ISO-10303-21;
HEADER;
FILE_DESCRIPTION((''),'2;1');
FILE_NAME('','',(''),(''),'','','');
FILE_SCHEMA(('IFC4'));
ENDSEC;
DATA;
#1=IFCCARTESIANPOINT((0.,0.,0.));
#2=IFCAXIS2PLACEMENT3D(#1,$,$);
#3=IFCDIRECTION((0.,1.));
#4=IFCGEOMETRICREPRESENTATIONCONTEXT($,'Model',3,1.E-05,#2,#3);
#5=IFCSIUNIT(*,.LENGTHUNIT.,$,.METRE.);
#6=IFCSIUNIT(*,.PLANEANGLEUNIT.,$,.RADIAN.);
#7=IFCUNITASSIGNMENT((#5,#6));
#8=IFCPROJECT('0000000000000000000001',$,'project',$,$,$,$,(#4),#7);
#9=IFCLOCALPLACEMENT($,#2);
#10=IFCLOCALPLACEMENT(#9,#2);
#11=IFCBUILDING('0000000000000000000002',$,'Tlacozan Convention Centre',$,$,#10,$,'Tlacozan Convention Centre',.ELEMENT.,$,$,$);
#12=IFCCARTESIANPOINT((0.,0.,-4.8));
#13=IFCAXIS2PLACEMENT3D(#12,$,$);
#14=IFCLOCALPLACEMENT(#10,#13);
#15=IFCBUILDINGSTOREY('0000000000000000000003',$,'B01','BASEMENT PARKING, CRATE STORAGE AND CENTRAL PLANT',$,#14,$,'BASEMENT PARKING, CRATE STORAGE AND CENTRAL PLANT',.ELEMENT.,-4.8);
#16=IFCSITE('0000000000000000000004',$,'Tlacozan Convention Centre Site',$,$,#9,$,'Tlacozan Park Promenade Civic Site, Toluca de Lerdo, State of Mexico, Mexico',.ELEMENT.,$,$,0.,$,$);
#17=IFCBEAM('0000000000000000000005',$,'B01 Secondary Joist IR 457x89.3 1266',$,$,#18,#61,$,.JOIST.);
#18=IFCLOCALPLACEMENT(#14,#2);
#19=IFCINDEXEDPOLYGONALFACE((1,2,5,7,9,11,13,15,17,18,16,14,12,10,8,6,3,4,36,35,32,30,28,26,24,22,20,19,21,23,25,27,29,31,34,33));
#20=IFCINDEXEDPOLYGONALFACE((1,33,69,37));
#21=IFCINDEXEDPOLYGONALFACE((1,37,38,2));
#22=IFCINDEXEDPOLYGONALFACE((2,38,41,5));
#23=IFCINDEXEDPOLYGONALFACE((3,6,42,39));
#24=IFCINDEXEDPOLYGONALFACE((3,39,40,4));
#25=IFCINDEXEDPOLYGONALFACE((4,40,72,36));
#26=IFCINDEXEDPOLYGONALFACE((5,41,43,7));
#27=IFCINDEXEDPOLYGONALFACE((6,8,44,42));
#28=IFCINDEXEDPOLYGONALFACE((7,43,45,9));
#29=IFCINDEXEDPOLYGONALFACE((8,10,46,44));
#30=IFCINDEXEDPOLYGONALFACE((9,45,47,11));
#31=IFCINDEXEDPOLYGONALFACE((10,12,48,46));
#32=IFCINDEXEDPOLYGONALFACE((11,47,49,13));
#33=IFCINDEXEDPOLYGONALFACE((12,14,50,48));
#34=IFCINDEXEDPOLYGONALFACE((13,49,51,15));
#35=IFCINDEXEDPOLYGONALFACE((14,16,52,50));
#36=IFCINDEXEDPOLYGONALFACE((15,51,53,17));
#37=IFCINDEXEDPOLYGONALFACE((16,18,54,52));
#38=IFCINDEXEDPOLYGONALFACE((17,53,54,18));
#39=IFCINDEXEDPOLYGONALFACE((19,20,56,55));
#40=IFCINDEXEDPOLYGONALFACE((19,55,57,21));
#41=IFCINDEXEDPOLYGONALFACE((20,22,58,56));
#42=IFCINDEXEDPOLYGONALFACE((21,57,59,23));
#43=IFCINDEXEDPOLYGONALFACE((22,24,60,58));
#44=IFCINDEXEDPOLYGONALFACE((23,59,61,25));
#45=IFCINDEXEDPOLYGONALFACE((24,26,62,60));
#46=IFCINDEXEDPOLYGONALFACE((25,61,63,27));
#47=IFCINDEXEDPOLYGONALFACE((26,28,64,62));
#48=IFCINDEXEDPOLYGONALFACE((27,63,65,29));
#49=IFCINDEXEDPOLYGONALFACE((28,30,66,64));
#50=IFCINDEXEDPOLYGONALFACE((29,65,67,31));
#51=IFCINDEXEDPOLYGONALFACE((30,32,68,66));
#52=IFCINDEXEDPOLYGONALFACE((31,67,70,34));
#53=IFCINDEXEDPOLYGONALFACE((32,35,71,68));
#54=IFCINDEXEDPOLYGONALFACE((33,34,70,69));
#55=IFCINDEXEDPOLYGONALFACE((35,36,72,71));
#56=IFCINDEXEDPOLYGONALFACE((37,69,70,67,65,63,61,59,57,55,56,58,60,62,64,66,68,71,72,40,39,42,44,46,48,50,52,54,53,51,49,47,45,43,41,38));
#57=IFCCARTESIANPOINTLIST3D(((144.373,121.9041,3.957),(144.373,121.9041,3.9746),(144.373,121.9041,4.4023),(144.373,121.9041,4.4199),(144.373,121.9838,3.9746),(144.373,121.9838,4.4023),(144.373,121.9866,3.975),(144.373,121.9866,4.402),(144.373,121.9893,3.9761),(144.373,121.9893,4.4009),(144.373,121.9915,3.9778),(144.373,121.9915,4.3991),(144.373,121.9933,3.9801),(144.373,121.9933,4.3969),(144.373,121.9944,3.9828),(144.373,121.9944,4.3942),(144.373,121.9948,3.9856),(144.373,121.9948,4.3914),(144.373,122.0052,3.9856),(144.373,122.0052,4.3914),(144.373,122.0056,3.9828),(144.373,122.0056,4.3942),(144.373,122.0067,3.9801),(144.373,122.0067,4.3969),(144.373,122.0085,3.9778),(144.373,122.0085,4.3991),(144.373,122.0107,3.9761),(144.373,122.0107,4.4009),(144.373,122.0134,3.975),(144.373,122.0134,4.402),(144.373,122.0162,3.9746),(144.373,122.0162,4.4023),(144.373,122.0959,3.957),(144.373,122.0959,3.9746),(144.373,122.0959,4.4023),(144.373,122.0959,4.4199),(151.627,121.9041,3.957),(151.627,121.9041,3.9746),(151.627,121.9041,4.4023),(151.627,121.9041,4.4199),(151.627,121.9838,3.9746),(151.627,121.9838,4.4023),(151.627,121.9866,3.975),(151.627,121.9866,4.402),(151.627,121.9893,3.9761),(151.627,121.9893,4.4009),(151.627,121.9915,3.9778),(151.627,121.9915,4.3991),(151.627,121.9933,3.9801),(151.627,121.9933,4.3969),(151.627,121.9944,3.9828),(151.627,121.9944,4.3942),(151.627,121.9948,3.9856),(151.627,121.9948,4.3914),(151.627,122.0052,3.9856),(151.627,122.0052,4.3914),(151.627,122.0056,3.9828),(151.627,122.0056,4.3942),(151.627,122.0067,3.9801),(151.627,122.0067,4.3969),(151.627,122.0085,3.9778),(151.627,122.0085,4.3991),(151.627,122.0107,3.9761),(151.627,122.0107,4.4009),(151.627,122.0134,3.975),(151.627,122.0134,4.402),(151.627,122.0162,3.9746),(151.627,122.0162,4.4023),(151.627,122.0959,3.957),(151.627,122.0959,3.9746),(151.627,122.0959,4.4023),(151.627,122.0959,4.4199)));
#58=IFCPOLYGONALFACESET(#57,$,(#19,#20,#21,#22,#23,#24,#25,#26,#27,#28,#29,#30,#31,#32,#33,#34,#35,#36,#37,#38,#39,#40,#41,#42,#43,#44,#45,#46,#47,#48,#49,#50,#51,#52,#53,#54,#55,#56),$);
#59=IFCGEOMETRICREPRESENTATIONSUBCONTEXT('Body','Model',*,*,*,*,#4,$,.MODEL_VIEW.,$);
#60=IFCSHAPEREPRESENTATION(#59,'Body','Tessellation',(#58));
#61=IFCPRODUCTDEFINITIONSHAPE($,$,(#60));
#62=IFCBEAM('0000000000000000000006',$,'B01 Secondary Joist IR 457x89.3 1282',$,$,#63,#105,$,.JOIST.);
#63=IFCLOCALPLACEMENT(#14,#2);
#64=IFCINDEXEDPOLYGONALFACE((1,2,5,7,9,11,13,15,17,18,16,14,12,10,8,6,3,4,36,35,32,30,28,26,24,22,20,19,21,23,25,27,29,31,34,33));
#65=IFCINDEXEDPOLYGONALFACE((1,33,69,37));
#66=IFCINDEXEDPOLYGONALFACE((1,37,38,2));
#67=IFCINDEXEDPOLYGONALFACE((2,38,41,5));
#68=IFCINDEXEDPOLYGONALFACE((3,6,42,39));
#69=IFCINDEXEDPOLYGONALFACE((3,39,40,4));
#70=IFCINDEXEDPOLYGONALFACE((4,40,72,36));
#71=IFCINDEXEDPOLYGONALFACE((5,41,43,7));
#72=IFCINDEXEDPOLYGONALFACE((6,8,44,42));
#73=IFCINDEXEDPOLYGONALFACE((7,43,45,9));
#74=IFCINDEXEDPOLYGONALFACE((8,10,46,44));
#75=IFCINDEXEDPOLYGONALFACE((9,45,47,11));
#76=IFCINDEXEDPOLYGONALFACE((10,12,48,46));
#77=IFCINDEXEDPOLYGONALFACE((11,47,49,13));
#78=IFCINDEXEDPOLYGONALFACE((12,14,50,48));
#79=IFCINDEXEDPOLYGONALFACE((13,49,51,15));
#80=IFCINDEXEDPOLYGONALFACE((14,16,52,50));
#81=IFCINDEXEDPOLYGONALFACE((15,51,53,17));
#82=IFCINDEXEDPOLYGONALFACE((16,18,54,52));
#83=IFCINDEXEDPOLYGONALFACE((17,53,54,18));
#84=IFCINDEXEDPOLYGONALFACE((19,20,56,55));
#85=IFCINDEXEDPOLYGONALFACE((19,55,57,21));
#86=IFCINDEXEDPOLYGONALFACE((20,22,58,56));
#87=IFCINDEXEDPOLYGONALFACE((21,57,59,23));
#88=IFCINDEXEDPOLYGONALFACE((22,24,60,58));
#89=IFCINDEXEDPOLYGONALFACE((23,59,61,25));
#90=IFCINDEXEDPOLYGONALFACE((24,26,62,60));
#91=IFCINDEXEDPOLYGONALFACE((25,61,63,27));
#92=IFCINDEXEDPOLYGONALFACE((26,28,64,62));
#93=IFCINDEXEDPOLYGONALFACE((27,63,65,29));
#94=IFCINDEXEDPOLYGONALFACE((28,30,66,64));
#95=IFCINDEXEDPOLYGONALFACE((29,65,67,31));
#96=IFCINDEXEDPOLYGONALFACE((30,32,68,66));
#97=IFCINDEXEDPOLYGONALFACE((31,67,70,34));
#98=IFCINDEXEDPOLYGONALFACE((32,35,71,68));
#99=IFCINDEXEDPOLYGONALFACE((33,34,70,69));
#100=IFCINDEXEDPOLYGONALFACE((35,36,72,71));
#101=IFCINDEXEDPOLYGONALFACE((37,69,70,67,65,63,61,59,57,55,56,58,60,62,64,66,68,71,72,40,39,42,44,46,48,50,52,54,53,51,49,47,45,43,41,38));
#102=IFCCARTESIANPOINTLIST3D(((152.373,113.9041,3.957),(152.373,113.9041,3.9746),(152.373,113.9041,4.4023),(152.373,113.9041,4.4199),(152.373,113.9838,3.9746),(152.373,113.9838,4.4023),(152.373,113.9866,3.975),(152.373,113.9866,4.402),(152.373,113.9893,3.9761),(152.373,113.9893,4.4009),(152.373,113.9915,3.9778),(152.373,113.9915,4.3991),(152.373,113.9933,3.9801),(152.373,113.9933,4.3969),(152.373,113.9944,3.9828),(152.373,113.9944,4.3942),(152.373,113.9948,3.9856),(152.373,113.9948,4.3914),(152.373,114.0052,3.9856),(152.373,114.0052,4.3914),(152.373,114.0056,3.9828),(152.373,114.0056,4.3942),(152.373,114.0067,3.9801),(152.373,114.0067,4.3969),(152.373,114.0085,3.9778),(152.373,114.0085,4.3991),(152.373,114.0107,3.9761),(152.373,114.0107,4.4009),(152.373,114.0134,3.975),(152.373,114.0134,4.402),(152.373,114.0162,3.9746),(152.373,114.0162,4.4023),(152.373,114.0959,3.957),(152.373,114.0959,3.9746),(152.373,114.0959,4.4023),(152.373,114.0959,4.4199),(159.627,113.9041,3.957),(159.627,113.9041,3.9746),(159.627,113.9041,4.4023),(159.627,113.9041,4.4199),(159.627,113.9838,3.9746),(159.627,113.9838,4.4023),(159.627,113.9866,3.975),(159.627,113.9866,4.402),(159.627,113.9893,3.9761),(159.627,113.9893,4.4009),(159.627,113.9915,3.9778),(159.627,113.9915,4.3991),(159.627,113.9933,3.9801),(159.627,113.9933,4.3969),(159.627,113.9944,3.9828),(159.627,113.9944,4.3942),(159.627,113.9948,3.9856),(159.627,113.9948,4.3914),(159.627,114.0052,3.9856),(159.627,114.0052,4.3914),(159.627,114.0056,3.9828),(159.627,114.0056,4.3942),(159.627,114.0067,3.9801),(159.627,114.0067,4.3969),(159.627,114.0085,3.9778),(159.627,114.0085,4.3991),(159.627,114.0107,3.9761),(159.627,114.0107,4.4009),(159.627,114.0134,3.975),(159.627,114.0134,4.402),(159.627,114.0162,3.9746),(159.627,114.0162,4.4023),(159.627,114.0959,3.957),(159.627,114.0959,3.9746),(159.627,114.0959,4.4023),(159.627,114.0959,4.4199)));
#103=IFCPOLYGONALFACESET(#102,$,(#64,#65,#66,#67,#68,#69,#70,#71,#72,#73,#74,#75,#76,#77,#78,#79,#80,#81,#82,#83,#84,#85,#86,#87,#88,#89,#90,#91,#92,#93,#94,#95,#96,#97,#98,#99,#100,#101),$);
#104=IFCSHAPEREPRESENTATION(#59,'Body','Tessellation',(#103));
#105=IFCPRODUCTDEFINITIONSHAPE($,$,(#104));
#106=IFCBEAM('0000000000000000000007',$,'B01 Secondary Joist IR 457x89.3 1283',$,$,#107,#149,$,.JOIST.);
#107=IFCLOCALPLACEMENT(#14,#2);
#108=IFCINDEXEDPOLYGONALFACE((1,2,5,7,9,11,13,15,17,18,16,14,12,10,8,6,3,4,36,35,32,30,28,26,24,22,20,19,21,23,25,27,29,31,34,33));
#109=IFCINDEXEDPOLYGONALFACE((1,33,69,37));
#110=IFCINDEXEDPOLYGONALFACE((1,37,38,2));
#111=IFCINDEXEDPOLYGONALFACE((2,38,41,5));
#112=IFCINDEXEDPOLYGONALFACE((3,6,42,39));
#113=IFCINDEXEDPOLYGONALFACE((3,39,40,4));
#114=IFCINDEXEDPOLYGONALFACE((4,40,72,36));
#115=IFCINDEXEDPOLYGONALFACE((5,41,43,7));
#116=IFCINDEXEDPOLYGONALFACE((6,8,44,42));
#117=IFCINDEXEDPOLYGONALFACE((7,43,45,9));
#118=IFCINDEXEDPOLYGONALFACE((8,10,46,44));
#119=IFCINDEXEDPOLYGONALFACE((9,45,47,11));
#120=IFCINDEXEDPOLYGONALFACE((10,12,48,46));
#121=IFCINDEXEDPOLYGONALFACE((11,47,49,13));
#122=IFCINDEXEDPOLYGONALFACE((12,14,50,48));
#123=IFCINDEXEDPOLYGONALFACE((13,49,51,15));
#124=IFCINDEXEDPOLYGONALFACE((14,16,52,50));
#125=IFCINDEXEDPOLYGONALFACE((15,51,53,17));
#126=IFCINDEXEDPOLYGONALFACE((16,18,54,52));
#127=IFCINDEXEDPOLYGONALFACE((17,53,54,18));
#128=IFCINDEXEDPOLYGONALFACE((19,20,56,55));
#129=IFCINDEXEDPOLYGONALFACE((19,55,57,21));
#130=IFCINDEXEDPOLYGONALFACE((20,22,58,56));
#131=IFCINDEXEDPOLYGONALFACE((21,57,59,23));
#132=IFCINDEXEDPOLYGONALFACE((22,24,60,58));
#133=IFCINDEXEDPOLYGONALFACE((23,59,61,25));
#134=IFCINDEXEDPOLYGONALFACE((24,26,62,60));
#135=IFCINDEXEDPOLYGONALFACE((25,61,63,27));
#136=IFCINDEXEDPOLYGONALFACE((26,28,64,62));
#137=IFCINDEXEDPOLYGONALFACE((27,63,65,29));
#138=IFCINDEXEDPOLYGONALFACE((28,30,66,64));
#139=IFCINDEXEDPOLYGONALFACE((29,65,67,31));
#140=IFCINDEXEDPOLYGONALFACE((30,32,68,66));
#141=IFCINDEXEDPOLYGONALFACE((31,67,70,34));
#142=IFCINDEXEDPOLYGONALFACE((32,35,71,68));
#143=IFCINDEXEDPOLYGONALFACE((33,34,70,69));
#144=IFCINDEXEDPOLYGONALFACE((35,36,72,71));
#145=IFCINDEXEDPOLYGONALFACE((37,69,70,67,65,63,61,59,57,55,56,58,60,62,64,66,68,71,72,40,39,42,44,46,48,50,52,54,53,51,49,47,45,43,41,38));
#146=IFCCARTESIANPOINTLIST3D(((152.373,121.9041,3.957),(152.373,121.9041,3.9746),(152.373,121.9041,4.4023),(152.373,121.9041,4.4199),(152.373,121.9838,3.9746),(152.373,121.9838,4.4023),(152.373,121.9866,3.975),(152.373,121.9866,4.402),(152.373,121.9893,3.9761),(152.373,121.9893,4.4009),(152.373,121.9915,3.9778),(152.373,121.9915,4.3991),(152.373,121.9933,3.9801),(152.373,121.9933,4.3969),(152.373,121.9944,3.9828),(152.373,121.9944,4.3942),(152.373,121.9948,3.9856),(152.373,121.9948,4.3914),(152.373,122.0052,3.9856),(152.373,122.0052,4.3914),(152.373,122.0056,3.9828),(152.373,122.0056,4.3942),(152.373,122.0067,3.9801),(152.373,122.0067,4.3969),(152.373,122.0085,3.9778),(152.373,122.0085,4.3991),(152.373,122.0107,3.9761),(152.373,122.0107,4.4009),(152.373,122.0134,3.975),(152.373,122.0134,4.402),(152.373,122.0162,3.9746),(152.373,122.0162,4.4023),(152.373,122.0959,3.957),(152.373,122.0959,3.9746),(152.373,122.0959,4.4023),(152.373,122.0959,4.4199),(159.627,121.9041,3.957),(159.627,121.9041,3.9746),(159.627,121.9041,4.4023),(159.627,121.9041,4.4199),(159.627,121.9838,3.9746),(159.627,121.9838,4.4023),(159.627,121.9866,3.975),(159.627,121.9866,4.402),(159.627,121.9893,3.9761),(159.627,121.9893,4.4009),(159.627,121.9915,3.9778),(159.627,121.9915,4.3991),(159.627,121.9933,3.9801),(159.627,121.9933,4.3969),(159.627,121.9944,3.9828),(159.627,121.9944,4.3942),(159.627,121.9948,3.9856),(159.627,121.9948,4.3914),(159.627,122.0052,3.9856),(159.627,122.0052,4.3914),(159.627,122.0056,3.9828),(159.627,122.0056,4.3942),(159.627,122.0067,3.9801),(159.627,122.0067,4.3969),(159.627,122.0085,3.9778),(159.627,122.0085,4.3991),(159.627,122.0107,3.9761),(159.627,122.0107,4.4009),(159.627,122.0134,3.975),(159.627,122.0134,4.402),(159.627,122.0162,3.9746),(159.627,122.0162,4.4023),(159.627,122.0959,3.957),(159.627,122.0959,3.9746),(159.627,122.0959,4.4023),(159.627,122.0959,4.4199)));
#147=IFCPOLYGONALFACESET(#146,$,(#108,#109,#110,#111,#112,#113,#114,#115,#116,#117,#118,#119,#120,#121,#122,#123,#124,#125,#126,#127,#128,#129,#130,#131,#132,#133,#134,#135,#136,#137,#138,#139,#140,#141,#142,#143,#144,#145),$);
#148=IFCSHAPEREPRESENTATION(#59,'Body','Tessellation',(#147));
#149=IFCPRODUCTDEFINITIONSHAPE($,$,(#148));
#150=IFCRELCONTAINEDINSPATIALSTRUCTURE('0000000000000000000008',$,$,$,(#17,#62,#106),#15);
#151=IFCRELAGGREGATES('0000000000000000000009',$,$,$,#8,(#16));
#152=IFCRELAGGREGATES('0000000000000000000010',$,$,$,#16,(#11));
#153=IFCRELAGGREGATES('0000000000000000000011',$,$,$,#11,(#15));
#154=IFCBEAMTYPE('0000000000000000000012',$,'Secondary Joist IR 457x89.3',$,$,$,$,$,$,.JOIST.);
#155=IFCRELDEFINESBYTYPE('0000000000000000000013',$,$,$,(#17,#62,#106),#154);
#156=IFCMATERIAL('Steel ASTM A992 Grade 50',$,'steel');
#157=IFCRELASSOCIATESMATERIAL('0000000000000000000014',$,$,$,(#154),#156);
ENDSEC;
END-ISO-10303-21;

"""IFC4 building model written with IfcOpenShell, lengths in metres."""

from ifc_helpers import new_model, si_unit, direction, frame, origin, origin_2d, place, context, subcontext, project, spatial, i_section, extrude, material, material_profile, profile_set, type_object, element, save


model = new_model("IFC4")

# Units and contexts
model_context = context("Model", 3, precision=1e-05, world=origin(), true_north=direction((0.0, 1.0)))
body_context = subcontext(model_context, "Body", "Model", "MODEL_VIEW")
ifc_project = project(units=[si_unit("LENGTHUNIT", "METRE"), si_unit("PLANEANGLEUNIT", "RADIAN")], contexts=[model_context])

# Site, building, storey
site_placement = place(None, origin())
site = spatial("IfcSite", under=ifc_project, at=site_placement, Name="Tlacozan Convention Centre Site", LongName="Tlacozan Park Promenade Civic Site, Toluca de Lerdo, State of Mexico, Mexico", CompositionType="ELEMENT", RefElevation=0.0)
building_placement = place(site_placement, origin())
building = spatial("IfcBuilding", under=site, at=building_placement, Name="Tlacozan Convention Centre", LongName="Tlacozan Convention Centre", CompositionType="ELEMENT")
storey_placement = place(building_placement, frame((0.0, 0.0, -4.8)))
storey = spatial("IfcBuildingStorey", under=building, at=storey_placement, Name="B01", Description="BASEMENT PARKING, CRATE STORAGE AND CENTRAL PLANT", LongName="BASEMENT PARKING, CRATE STORAGE AND CENTRAL PLANT", CompositionType="ELEMENT", Elevation=-4.8)

# Beams
ifc_material_1 = material(Name="Steel ASTM A992 Grade 50", Category="steel")
ifc_material_profile_1 = material_profile(ifc_material_1, i_section(OverallWidth=0.1919, OverallDepth=0.4629, WebThickness=0.0105, FlangeThickness=0.0176, FilletRadius=0.011, at=origin_2d()), Name="IR 457x89.3")
ifc_profile_set_1 = profile_set([ifc_material_profile_1], Name="Steel ASTM A992 Grade 50")
beam_type_1 = type_object("IfcBeamType", Name="Secondary Joist IR 457x89.3", PredefinedType="JOIST", material=ifc_profile_set_1)
for number, where, z_axis, x_axis, name in (
    (1, (144.373, 122.0, 4.1885), (1.0, 0.0, 0.0), (0.0, 1.0, 0.0), "B01 Secondary Joist IR 457x89.3 1266"),
    (2, (152.373, 114.0, 4.1885), (1.0, 0.0, 0.0), (0.0, 1.0, 0.0), "B01 Secondary Joist IR 457x89.3 1282"),
    (3, (152.373, 122.0, 4.1885), (1.0, 0.0, 0.0), (0.0, 1.0, 0.0), "B01 Secondary Joist IR 457x89.3 1283"),
):
    element("IfcBeam", number, at=place(storey_placement, frame(where, z_axis=z_axis, x_axis=x_axis)), inside=storey, type_object=beam_type_1, Name=name, PredefinedType="JOIST", context=body_context, shape_type="SweptSolid", body=[
        extrude(i_section(OverallWidth=0.1919, OverallDepth=0.4629, WebThickness=0.0105, FlangeThickness=0.0176, FilletRadius=0.011, at=origin_2d()), origin(), (0.0, 0.0, 1.0), 7.2539),
    ])

save(model, "model.ifc")
